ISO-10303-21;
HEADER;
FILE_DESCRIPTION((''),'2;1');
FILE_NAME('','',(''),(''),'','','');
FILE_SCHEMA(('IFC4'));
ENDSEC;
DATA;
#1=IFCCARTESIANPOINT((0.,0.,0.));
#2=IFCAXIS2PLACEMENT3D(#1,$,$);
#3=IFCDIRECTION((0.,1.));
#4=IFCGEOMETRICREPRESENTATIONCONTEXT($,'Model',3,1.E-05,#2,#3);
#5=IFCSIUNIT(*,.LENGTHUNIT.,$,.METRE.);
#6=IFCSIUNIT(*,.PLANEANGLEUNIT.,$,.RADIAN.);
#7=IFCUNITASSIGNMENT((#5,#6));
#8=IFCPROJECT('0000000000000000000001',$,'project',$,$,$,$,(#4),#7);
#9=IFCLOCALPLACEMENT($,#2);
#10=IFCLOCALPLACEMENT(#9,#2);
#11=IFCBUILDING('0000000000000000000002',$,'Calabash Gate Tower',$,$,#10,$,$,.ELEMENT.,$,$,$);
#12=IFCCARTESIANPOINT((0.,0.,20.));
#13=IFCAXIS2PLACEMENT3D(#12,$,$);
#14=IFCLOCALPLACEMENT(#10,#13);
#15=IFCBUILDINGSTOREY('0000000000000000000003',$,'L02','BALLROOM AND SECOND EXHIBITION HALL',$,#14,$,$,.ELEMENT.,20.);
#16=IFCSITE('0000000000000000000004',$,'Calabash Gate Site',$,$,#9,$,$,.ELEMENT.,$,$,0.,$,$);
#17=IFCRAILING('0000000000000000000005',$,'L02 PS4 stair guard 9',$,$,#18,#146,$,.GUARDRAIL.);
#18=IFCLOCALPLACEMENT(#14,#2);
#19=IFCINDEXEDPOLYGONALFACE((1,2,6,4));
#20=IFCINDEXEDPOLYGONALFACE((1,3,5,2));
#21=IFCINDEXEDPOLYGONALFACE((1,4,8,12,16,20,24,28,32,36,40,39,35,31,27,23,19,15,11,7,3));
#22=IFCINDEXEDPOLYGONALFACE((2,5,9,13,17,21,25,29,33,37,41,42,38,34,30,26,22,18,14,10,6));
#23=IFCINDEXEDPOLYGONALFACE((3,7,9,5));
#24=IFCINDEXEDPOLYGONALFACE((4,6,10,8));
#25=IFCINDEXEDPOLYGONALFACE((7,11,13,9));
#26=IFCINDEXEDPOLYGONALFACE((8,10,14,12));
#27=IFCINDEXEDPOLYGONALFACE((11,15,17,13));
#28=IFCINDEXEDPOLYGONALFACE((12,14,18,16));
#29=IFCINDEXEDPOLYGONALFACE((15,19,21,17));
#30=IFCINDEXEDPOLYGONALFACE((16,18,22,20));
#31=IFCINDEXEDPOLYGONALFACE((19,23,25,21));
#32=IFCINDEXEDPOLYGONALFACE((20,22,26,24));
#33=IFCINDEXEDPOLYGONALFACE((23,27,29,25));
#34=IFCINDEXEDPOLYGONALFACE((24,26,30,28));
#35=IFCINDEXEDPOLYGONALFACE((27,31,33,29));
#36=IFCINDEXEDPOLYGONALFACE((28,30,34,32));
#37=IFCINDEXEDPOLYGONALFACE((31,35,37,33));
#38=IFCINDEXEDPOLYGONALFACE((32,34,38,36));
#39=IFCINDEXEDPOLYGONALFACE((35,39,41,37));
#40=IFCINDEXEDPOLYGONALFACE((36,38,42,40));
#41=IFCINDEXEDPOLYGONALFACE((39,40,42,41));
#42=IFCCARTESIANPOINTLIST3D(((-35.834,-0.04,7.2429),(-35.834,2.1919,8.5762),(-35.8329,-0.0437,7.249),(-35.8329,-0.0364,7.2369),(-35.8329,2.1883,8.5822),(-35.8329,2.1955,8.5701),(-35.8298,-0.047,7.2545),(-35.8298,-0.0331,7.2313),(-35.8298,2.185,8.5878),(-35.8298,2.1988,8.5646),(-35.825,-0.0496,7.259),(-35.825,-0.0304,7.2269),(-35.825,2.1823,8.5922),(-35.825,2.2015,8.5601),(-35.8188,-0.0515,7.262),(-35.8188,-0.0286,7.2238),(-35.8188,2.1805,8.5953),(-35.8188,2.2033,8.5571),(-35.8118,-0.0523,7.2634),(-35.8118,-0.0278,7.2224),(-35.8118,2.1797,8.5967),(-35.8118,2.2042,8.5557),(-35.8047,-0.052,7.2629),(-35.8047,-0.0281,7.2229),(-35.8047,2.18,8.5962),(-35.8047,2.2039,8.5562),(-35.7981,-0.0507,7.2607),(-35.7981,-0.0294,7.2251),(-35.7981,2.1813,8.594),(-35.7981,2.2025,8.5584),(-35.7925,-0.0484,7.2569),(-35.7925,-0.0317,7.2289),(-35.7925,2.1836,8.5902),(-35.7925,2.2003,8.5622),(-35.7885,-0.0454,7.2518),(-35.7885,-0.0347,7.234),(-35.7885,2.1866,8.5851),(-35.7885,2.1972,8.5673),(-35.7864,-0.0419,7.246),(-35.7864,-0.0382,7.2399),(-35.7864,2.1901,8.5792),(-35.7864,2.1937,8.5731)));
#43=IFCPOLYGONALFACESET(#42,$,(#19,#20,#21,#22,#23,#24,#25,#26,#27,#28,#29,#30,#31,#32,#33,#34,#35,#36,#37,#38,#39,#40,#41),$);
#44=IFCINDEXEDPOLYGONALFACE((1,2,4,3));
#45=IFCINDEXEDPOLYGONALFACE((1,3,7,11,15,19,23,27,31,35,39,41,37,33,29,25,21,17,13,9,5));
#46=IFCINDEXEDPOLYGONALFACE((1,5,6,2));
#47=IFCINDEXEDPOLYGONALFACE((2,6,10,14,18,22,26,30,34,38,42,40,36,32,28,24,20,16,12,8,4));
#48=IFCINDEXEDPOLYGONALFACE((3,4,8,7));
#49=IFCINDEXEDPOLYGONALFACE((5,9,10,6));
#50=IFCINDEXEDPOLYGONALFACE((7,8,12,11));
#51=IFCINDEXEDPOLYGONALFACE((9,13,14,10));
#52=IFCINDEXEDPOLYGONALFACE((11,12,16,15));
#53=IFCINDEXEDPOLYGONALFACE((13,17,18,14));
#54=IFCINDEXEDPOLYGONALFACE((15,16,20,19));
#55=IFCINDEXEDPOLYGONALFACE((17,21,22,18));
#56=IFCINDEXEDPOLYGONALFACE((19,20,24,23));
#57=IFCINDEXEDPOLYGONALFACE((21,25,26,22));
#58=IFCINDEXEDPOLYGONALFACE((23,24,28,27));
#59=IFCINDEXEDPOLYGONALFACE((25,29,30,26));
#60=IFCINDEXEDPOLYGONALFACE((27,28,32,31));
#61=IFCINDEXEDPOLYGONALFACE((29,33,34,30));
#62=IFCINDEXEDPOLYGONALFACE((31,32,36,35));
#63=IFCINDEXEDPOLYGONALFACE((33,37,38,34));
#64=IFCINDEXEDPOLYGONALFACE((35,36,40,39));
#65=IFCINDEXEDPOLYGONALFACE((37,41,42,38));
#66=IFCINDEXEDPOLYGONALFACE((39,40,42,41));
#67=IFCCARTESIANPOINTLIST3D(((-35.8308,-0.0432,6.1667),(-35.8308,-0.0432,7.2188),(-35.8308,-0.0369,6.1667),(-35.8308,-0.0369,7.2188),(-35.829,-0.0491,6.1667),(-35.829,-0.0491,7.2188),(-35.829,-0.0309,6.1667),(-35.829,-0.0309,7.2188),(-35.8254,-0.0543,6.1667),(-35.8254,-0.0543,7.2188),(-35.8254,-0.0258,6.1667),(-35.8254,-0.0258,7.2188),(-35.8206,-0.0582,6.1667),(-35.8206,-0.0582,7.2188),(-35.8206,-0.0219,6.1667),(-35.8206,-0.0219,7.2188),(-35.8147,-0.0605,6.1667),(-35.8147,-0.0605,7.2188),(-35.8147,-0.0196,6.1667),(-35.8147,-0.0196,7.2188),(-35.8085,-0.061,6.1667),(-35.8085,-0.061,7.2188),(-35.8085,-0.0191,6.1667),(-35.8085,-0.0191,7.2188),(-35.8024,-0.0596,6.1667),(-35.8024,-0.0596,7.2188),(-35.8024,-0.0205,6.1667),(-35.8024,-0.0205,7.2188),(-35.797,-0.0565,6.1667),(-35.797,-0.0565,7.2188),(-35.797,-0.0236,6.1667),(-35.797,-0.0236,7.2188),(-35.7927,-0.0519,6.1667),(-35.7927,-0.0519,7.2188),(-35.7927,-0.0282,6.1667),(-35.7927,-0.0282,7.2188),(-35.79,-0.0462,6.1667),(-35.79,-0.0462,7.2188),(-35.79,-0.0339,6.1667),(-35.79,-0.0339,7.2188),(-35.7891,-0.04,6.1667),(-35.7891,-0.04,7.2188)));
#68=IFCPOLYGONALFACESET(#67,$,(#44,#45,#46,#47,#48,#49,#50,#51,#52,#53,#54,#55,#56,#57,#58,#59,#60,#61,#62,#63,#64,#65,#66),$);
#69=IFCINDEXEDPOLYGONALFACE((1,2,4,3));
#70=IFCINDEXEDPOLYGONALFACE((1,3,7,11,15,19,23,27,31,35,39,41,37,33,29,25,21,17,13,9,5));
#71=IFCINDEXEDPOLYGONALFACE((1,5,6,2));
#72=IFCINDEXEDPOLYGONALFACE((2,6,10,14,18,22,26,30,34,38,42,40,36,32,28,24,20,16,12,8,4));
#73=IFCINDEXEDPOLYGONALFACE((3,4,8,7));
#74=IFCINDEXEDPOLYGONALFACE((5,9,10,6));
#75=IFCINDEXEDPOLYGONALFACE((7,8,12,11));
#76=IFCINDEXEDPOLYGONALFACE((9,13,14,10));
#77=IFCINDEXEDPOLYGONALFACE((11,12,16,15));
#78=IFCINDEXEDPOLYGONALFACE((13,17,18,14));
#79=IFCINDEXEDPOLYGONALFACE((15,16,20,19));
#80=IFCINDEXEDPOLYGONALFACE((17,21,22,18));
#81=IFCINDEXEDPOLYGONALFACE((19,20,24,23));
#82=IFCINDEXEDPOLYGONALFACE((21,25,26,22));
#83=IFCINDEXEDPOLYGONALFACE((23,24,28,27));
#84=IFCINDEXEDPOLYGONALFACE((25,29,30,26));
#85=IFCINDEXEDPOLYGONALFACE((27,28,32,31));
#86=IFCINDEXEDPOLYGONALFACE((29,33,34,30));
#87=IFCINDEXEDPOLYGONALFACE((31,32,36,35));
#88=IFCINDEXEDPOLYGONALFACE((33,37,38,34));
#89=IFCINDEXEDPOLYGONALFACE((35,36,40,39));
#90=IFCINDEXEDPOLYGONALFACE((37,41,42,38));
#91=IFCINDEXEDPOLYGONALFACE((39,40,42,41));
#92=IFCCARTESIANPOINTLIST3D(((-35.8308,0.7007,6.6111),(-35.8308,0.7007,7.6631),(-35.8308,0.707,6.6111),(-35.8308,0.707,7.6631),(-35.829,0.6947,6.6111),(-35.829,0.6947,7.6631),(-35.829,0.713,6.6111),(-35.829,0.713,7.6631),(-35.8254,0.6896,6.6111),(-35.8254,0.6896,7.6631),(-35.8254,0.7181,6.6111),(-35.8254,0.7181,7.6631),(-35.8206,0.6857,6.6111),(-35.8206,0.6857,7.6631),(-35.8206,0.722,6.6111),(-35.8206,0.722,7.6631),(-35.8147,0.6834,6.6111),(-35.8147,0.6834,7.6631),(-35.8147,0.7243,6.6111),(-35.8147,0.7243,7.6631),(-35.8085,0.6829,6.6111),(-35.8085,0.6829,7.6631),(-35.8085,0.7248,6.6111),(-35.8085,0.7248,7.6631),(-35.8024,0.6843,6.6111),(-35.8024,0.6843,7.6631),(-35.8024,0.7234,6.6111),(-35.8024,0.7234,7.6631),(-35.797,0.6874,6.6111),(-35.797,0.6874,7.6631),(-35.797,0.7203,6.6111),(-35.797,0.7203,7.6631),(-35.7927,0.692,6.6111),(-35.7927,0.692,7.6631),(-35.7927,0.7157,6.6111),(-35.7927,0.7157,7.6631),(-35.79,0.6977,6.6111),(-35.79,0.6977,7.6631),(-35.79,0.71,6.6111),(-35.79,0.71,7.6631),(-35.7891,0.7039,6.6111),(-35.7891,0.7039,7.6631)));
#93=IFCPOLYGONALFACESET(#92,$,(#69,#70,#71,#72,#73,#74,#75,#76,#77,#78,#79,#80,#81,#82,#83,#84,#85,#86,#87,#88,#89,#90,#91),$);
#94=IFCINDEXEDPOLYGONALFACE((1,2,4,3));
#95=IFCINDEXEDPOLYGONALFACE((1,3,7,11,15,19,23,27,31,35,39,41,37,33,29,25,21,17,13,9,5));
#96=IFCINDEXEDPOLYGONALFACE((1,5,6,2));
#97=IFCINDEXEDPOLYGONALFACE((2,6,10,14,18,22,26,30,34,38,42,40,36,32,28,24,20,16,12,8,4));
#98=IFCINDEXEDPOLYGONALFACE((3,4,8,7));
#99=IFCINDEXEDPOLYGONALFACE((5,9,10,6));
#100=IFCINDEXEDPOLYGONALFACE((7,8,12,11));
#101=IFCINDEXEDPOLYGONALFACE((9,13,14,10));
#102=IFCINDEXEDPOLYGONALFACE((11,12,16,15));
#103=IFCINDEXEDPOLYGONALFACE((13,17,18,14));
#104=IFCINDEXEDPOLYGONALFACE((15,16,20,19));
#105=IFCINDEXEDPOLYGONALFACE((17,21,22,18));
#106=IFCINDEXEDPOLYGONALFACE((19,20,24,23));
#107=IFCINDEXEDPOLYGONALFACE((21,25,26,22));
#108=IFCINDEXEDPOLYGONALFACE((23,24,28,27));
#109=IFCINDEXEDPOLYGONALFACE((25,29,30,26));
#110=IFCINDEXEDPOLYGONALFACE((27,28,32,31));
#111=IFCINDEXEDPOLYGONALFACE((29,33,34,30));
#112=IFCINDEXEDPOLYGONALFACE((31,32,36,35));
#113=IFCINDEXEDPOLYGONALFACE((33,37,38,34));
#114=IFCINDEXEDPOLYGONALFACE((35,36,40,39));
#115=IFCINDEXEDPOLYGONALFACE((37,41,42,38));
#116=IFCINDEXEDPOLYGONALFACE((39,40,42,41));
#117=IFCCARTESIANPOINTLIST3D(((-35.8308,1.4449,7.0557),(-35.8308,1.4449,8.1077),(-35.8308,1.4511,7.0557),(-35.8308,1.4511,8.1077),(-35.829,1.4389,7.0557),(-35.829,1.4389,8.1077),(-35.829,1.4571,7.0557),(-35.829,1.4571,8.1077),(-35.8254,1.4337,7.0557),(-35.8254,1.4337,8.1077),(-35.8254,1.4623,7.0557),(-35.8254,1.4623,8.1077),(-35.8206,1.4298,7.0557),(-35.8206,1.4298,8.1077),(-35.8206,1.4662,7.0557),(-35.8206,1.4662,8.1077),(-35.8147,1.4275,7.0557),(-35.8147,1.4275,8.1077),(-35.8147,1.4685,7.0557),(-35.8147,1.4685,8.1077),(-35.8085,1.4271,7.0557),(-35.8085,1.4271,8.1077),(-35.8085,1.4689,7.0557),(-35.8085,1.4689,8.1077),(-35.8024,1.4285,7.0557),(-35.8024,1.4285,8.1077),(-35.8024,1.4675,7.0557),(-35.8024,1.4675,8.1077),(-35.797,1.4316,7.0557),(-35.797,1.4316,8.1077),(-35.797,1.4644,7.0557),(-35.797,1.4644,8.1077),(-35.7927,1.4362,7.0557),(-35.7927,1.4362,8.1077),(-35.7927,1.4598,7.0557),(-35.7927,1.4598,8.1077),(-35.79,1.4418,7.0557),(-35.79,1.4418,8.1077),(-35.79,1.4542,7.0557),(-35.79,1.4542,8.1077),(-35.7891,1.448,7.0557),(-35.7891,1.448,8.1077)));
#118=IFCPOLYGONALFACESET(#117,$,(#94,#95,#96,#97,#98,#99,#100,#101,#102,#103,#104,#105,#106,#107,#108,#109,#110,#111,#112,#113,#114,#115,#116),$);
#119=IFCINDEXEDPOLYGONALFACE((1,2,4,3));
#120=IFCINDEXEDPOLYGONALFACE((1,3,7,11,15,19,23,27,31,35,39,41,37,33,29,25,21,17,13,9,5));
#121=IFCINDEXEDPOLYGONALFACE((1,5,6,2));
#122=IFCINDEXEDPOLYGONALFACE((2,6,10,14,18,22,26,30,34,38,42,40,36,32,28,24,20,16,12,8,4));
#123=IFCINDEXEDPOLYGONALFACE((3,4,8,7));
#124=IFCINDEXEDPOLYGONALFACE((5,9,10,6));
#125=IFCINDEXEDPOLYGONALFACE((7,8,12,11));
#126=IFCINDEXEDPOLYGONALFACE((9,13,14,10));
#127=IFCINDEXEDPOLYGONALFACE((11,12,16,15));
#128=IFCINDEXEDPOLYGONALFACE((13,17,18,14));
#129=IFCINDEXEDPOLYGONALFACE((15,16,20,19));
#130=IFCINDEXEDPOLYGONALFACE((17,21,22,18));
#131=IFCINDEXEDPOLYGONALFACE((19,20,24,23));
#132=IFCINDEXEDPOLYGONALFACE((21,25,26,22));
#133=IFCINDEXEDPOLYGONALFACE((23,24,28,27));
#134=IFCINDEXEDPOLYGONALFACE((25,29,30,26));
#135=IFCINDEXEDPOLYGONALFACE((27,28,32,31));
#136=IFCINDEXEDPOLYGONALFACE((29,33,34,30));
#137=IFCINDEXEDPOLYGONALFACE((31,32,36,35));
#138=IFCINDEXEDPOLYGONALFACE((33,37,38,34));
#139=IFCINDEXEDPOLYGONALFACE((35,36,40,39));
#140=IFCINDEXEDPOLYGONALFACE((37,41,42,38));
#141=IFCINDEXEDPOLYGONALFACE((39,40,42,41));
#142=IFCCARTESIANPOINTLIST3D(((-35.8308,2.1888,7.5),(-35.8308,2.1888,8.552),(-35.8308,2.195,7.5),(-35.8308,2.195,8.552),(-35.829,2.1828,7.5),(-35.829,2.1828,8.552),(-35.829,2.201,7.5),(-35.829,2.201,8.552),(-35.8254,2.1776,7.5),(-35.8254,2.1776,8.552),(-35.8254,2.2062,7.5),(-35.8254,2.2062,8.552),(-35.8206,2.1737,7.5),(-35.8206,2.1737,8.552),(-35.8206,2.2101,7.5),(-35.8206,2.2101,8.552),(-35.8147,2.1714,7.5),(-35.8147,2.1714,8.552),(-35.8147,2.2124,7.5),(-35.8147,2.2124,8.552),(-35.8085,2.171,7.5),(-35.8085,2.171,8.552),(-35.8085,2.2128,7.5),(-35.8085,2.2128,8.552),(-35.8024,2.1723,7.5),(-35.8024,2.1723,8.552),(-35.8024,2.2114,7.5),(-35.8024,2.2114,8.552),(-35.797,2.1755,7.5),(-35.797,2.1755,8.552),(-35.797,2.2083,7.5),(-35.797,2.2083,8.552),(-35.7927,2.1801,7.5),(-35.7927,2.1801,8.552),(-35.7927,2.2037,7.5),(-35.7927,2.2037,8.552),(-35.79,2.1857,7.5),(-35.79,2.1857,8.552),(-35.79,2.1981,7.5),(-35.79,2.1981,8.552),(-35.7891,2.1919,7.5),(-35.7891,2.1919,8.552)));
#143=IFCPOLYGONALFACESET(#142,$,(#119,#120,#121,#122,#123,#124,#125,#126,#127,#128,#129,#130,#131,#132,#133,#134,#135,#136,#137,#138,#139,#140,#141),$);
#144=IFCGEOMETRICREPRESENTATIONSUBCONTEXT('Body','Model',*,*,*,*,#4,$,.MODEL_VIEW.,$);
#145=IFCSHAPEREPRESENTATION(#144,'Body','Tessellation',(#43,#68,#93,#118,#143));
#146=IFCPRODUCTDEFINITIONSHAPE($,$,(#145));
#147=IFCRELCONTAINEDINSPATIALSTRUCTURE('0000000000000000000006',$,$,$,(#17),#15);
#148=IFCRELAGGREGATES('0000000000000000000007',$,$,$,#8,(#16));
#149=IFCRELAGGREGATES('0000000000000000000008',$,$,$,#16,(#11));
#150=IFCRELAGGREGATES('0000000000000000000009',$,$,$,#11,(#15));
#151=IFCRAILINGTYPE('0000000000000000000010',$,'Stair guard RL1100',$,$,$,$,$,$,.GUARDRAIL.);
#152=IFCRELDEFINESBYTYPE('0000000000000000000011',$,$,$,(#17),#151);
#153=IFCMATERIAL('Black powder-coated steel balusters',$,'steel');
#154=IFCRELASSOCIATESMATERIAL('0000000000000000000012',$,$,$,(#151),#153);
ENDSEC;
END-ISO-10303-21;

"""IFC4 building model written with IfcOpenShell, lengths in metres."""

from ifc_helpers import new_model, si_unit, direction, frame, origin, origin_2d, place, context, subcontext, project, spatial, circle, extrude, material, type_object, element, save


model = new_model("IFC4")

# Units and contexts
model_context = context("Model", 3, precision=1e-05, world=origin(), true_north=direction((0.0, 1.0)))
body_context = subcontext(model_context, "Body", "Model", "MODEL_VIEW")
ifc_project = project(units=[si_unit("LENGTHUNIT", "METRE"), si_unit("PLANEANGLEUNIT", "RADIAN")], contexts=[model_context])

# Site, building, storey
site_placement = place(None, origin())
site = spatial("IfcSite", under=ifc_project, at=site_placement, Name="Calabash Gate Site", CompositionType="ELEMENT", RefElevation=0.0)
building_placement = place(site_placement, origin())
building = spatial("IfcBuilding", under=site, at=building_placement, Name="Calabash Gate Tower", CompositionType="ELEMENT")
storey_placement = place(building_placement, frame((0.0, 0.0, 20.0)))
storey = spatial("IfcBuildingStorey", under=building, at=storey_placement, Name="L02", Description="BALLROOM AND SECOND EXHIBITION HALL", CompositionType="ELEMENT", Elevation=20.0)

# Railing
ifc_material_1 = material(Name="Black powder-coated steel balusters", Category="steel")
railing_type_1 = type_object("IfcRailingType", Name="Stair guard RL1100", PredefinedType="GUARDRAIL", material=ifc_material_1)
for number, where, name in (
    (1, (-35.8101, -0.04, 6.1667), "L02 PS4 stair guard 9"),
):
    element("IfcRailing", number, at=place(storey_placement, frame(where)), inside=storey, type_object=railing_type_1, Name=name, PredefinedType="GUARDRAIL", context=body_context, shape_type="SweptSolid", body=[
        extrude(circle(Radius=0.0239, at=origin_2d()), frame((0.0, 0.0, 1.0762), z_axis=(0.0, 0.858494, 0.512824), x_axis=(-1.0, 0.0, 0.0)), (0.0, 0.0, 1.0), 2.5999),
        extrude(circle(Radius=0.021, at=origin_2d()), origin(), (0.0, 0.0, 1.0), 1.052),
        extrude(circle(Radius=0.021, at=origin_2d()), frame((0.0, 0.7439, 0.4443)), (0.0, 0.0, 1.0), 1.052),
        extrude(circle(Radius=0.021, at=origin_2d()), frame((0.0, 1.488, 0.8889)), (0.0, 0.0, 1.0), 1.052),
        extrude(circle(Radius=0.021, at=origin_2d()), frame((0.0, 2.2319, 1.3333)), (0.0, 0.0, 1.0), 1.052),
    ])

save(model, "model.ifc")
